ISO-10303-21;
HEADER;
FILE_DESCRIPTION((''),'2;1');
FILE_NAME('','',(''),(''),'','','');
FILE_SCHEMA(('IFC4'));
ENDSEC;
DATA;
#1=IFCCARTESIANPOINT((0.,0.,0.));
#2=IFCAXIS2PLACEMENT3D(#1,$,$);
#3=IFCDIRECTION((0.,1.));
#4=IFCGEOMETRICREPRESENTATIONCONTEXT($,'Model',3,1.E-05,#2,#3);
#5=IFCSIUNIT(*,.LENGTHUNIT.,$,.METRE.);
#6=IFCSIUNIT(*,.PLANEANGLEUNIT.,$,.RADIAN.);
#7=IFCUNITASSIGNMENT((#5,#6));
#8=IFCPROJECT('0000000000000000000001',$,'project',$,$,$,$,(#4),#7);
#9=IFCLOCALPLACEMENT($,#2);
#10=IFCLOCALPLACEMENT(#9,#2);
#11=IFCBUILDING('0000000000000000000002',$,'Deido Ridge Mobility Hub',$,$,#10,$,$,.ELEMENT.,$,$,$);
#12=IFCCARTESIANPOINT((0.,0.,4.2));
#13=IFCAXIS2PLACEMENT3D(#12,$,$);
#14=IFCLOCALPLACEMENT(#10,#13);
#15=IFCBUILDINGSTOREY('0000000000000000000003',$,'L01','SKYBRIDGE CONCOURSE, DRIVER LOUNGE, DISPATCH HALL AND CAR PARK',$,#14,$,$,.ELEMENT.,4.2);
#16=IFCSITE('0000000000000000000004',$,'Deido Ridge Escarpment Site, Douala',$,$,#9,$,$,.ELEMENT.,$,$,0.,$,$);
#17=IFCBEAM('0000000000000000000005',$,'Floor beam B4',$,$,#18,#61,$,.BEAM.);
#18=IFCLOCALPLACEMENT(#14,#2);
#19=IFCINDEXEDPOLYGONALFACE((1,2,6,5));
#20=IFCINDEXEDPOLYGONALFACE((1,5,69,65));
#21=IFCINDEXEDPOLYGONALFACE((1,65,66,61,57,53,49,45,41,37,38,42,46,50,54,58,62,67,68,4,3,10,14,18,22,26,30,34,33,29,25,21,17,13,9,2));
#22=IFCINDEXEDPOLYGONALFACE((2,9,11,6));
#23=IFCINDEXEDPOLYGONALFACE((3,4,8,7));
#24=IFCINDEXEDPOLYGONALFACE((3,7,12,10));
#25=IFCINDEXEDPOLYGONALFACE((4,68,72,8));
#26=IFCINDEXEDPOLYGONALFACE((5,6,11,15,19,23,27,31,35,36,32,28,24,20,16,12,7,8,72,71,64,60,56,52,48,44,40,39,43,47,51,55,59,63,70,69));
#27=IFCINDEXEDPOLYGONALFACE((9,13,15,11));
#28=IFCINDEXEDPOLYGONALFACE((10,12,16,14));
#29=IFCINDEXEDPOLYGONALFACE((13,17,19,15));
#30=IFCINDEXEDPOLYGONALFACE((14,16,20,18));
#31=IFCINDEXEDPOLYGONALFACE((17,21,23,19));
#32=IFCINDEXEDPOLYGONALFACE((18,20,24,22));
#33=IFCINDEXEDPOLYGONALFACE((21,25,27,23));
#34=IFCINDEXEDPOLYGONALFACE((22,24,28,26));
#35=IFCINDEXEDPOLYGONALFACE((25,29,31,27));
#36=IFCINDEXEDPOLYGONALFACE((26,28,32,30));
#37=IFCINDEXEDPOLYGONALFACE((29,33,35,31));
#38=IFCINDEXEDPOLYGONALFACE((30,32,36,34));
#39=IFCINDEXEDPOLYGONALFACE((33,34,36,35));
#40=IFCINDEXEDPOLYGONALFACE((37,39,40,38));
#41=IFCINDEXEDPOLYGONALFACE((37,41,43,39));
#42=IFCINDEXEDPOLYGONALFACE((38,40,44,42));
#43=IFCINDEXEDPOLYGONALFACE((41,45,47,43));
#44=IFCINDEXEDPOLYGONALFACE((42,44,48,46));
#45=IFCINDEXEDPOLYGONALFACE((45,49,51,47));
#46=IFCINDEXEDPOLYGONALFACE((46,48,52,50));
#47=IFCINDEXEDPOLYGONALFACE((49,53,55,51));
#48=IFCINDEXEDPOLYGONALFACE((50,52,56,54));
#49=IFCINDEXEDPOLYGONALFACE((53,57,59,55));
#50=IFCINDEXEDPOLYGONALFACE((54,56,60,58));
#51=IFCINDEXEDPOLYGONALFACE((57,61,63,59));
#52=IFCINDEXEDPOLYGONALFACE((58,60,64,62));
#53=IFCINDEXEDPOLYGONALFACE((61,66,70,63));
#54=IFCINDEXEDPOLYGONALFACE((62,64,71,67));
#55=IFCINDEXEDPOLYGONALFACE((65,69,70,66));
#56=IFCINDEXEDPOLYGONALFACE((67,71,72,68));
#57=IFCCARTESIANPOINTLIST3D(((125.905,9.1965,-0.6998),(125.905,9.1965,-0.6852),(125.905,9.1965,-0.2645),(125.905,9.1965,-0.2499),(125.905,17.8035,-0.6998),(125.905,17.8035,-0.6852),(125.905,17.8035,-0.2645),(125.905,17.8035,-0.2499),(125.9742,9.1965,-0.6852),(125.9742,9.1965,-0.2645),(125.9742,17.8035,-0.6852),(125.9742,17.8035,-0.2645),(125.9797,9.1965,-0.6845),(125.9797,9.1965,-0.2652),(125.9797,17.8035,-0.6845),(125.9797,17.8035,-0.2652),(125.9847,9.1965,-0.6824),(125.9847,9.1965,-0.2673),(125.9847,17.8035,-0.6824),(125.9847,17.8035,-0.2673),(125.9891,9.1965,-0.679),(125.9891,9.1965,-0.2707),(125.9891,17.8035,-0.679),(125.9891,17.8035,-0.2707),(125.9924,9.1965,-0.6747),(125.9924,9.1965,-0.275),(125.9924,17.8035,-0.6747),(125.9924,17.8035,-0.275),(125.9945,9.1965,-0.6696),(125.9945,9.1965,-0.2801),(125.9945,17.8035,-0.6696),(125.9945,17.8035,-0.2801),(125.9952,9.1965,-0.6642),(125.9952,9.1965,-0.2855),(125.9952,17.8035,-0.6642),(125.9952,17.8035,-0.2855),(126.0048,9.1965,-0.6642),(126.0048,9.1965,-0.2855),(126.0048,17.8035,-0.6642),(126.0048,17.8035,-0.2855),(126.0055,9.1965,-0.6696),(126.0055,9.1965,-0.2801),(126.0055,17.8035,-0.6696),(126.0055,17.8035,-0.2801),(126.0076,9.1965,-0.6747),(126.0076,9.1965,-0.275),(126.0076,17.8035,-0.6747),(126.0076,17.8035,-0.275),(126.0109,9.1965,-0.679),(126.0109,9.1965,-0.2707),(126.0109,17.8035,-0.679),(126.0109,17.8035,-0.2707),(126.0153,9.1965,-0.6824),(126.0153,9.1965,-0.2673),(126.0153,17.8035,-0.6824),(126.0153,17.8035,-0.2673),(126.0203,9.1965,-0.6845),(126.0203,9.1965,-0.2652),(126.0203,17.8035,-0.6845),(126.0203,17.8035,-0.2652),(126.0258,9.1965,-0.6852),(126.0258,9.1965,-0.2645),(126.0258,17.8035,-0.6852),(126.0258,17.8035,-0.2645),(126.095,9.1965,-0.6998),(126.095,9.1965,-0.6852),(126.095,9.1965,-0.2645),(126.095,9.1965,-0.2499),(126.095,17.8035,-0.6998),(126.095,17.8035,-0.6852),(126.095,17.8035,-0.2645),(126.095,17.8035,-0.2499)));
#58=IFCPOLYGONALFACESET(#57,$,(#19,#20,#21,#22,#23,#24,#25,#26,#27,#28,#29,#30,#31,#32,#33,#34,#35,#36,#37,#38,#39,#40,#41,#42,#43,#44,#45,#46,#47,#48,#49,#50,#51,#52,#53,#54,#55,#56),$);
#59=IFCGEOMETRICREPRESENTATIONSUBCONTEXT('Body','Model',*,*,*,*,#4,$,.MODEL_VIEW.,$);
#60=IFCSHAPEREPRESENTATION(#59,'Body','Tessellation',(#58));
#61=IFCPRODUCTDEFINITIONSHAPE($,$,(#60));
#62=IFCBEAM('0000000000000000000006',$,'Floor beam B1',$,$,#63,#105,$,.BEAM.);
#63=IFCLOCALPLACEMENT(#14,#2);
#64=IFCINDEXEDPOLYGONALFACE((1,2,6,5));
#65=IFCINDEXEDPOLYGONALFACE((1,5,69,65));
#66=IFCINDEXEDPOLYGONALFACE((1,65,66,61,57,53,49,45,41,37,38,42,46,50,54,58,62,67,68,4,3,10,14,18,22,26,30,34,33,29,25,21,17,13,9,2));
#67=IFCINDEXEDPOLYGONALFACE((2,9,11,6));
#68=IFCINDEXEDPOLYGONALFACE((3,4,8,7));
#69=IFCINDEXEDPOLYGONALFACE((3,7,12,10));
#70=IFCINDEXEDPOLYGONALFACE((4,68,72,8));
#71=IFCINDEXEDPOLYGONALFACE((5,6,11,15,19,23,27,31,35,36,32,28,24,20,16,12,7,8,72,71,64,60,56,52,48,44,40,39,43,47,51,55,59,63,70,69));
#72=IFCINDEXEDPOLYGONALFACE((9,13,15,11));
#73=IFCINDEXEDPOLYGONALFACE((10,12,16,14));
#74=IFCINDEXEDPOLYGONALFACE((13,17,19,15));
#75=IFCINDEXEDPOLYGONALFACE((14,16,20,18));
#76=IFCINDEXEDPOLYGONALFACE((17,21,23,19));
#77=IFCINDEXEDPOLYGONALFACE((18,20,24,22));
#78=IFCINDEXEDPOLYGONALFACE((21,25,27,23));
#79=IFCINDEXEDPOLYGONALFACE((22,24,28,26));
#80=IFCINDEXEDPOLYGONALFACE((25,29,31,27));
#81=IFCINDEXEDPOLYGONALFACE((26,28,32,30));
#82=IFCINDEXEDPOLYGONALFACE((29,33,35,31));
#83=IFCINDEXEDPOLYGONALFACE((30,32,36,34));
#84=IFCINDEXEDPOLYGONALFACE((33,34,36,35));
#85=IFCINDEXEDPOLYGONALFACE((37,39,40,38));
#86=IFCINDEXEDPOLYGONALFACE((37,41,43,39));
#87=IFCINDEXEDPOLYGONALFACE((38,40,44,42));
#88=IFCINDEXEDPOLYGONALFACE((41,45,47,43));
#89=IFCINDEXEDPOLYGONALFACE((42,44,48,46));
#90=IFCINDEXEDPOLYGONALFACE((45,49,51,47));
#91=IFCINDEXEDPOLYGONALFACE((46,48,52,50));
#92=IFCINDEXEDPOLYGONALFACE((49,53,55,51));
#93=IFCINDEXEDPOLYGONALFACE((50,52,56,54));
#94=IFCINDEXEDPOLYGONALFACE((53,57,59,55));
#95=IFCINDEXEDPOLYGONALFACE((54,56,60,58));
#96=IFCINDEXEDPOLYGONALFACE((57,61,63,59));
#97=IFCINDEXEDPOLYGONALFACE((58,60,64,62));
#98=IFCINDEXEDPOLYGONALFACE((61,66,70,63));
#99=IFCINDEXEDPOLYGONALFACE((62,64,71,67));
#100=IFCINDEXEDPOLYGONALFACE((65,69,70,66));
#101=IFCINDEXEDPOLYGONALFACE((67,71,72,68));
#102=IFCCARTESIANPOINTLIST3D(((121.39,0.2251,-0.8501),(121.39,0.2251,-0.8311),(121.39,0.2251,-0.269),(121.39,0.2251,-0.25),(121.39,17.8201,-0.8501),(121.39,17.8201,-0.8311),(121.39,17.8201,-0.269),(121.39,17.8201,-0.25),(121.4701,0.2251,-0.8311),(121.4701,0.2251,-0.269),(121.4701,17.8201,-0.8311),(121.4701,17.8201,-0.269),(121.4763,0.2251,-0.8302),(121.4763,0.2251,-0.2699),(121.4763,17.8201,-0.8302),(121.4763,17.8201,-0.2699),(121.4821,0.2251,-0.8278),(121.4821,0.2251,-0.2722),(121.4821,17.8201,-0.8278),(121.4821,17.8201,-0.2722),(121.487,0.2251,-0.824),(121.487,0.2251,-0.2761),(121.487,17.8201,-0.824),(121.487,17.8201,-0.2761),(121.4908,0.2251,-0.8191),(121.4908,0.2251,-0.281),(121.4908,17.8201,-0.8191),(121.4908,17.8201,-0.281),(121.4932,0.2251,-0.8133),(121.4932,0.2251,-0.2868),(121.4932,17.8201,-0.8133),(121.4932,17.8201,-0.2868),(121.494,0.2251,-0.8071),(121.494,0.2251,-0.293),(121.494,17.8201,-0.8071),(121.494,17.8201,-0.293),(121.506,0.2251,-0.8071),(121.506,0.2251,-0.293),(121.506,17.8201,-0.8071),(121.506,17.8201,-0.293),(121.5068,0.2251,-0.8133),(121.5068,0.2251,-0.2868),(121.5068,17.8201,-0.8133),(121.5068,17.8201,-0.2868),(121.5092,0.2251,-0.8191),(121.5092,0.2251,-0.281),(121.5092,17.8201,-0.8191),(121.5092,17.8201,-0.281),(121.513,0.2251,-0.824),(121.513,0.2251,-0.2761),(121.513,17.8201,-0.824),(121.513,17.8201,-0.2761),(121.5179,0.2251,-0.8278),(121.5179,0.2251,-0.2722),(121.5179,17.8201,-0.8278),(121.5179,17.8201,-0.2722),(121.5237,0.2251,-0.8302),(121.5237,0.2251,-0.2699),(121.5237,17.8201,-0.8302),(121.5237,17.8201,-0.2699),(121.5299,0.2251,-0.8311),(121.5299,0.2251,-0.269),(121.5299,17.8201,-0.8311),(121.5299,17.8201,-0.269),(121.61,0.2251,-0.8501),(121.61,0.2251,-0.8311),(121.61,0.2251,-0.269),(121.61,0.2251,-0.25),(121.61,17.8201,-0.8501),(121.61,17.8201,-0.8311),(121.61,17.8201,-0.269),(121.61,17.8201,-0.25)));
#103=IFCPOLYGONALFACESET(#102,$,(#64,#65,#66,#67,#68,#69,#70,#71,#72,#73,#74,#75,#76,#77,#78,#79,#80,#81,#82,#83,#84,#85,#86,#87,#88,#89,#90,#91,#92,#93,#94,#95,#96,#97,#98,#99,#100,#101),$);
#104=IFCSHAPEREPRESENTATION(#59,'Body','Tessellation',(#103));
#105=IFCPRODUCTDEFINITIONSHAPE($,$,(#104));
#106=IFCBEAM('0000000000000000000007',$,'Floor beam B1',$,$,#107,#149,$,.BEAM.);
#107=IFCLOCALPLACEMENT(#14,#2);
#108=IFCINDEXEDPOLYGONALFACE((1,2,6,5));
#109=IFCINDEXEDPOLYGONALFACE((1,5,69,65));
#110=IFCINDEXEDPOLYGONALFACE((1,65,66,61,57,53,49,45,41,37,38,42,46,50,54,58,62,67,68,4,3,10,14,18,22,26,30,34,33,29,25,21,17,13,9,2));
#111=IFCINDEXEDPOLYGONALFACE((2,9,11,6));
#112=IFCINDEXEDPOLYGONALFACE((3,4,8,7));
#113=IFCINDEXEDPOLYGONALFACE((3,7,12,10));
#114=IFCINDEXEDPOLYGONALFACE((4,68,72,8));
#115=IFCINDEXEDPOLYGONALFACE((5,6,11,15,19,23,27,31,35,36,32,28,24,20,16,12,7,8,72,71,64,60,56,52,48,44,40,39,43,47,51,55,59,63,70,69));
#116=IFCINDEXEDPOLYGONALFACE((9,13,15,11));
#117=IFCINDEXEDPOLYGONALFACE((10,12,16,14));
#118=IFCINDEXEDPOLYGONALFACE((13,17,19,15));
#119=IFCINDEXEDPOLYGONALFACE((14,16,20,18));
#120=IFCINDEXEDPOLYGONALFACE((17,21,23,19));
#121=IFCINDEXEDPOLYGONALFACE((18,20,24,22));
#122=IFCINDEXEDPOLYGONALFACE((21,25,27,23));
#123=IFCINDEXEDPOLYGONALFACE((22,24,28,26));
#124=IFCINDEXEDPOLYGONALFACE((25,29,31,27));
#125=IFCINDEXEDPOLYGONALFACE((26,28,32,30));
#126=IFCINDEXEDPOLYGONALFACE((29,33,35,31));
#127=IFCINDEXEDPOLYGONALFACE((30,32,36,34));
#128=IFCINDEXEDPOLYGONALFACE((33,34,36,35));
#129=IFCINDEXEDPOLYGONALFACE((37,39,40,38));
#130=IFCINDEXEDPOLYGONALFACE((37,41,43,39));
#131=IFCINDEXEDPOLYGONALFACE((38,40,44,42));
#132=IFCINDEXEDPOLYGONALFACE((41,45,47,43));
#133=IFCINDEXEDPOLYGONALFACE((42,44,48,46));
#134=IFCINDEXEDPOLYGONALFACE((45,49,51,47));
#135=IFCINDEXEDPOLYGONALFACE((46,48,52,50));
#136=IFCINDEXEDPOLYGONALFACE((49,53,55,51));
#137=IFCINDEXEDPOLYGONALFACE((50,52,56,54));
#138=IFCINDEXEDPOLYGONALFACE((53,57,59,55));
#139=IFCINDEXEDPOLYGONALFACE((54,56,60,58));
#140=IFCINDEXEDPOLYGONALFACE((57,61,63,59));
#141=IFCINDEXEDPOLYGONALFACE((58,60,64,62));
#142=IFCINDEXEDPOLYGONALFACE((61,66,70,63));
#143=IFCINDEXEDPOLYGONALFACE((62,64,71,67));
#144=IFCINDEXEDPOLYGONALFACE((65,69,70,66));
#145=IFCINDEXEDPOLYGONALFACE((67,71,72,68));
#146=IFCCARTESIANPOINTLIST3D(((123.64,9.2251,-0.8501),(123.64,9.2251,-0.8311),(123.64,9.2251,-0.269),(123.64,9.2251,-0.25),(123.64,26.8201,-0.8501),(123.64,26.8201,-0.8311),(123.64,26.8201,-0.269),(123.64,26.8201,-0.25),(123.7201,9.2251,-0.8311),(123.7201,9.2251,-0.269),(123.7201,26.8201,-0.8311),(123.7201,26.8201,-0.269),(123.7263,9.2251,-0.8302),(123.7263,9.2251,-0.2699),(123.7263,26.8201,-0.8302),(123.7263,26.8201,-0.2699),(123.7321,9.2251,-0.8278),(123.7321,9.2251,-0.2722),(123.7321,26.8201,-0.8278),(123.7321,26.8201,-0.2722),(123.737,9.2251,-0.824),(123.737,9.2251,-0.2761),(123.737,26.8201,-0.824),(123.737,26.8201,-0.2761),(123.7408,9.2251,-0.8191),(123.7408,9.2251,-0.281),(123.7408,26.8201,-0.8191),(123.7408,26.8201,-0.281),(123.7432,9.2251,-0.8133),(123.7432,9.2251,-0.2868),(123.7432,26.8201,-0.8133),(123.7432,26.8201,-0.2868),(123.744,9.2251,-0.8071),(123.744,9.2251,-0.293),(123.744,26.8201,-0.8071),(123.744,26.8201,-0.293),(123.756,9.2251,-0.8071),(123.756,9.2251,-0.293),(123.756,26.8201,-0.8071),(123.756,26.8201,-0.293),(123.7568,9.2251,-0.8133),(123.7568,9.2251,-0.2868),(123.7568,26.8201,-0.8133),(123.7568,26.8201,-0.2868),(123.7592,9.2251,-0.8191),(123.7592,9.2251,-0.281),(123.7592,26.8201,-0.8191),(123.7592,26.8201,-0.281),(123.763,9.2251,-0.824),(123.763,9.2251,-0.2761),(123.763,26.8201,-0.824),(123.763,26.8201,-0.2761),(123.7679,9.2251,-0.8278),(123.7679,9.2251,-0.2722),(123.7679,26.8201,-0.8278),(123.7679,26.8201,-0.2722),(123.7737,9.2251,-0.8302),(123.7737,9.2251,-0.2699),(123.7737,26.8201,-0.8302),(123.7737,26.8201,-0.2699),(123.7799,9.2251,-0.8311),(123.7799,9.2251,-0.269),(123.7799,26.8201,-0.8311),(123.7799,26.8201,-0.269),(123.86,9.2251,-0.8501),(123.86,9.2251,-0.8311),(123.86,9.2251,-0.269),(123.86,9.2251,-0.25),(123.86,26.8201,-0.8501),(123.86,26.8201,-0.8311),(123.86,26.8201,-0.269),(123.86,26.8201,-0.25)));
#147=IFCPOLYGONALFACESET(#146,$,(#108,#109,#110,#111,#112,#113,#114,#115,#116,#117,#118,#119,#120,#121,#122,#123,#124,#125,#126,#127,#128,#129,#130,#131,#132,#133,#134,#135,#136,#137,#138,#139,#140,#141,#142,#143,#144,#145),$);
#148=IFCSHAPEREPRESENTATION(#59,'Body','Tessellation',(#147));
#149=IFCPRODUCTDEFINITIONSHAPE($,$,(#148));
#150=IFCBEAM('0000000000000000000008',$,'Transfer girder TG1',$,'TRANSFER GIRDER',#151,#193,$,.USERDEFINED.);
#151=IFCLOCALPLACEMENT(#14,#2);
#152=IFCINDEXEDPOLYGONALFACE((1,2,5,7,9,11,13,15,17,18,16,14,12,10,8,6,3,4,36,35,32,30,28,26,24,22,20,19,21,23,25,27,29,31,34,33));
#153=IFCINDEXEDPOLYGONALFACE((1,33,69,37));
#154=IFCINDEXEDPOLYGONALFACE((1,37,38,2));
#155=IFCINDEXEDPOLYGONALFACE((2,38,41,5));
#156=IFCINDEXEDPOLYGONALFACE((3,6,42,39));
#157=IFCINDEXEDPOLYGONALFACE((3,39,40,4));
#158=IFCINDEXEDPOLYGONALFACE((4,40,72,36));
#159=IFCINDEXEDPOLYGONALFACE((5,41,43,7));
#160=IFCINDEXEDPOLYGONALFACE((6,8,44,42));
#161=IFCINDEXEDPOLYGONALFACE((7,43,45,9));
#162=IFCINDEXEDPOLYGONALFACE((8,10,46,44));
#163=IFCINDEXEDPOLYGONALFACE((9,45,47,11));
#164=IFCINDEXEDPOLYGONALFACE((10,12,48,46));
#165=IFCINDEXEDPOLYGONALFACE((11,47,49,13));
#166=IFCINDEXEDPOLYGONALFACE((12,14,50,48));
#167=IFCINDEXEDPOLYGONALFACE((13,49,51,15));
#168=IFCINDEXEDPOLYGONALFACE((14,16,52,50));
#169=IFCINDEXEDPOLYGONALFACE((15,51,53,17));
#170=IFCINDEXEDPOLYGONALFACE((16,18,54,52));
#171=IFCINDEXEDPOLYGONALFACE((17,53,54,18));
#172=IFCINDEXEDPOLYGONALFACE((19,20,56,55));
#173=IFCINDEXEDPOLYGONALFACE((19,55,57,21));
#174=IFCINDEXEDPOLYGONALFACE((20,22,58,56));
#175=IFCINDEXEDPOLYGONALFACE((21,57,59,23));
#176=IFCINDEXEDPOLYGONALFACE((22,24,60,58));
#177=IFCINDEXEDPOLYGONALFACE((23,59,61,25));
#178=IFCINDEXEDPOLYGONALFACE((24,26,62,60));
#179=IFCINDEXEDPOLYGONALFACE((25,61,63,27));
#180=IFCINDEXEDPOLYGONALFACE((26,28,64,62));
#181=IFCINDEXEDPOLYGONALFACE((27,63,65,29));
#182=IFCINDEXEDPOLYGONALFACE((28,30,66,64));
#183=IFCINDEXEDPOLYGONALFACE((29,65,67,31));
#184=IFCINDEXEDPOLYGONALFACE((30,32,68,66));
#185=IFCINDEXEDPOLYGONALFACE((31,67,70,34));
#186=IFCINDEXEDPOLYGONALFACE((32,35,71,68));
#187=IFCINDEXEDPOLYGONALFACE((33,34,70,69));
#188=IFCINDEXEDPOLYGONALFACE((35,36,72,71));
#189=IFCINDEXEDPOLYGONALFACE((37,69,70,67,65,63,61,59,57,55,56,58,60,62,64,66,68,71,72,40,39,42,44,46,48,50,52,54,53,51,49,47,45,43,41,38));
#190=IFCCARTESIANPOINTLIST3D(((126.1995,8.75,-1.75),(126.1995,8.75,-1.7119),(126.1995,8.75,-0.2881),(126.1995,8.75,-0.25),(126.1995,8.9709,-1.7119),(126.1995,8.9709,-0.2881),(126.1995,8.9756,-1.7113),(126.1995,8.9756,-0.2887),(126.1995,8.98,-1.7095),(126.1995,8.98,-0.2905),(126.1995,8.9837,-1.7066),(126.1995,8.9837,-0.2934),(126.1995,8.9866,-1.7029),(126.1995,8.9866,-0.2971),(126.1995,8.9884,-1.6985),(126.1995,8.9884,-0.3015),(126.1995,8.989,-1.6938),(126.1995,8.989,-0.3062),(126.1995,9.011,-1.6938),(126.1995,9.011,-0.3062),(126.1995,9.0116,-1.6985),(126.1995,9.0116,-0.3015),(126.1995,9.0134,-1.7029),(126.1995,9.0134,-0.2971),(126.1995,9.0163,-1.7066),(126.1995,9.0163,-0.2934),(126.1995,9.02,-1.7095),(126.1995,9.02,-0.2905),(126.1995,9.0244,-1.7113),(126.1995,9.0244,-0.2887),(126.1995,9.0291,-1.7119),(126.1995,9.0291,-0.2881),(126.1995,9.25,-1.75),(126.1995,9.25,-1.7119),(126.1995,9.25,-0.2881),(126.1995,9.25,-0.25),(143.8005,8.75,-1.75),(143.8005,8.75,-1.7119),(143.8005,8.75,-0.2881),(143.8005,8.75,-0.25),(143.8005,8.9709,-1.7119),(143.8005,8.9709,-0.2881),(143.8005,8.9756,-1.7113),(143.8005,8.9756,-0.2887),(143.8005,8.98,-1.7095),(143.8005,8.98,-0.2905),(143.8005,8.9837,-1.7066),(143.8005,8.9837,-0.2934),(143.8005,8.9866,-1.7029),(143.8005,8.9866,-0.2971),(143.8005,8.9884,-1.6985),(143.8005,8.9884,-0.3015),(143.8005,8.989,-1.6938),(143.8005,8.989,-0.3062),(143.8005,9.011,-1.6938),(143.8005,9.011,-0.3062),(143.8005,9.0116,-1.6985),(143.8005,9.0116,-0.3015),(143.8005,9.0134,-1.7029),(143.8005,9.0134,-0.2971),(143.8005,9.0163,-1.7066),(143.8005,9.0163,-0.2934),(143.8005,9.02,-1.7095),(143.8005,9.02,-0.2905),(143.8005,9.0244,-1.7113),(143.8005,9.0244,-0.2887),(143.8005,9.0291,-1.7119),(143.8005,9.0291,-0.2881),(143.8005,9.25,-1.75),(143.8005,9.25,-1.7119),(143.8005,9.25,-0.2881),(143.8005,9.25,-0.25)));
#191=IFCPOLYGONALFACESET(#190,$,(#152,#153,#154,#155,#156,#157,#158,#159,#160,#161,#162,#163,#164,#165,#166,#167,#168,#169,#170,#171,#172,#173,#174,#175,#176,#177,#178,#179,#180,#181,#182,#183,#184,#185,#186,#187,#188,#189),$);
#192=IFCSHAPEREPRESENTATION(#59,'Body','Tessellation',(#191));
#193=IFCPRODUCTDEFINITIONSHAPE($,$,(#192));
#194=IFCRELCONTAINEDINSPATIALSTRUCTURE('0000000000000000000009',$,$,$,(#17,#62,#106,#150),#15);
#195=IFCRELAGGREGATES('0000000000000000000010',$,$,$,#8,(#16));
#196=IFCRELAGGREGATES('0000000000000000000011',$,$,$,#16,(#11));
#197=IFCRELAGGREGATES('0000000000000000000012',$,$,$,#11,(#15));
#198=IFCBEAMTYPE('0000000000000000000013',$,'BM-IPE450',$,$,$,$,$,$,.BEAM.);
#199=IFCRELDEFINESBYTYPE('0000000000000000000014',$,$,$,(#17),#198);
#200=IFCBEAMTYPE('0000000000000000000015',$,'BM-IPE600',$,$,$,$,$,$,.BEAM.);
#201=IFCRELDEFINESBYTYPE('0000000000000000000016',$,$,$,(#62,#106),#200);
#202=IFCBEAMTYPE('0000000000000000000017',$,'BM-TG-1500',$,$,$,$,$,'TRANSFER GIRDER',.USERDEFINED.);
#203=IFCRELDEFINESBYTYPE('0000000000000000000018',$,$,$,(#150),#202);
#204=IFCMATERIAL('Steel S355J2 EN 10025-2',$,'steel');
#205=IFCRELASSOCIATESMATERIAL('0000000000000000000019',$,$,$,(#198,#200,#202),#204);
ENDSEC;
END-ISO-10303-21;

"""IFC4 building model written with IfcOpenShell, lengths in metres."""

from ifc_helpers import new_model, si_unit, direction, frame, origin, origin_2d, place, context, subcontext, project, spatial, i_section, extrude, material, material_profile, profile_set, type_object, element, save


model = new_model("IFC4")

# Units and contexts
model_context = context("Model", 3, precision=1e-05, world=origin(), true_north=direction((0.0, 1.0)))
body_context = subcontext(model_context, "Body", "Model", "MODEL_VIEW")
ifc_project = project(units=[si_unit("LENGTHUNIT", "METRE"), si_unit("PLANEANGLEUNIT", "RADIAN")], contexts=[model_context])

# Site, building, storey
site_placement = place(None, origin())
site = spatial("IfcSite", under=ifc_project, at=site_placement, Name="Deido Ridge Escarpment Site, Douala", CompositionType="ELEMENT", RefElevation=0.0)
building_placement = place(site_placement, origin())
building = spatial("IfcBuilding", under=site, at=building_placement, Name="Deido Ridge Mobility Hub", CompositionType="ELEMENT")
storey_placement = place(building_placement, frame((0.0, 0.0, 4.2)))
storey = spatial("IfcBuildingStorey", under=building, at=storey_placement, Name="L01", Description="SKYBRIDGE CONCOURSE, DRIVER LOUNGE, DISPATCH HALL AND CAR PARK", CompositionType="ELEMENT", Elevation=4.2)

# Shared definitions
ifc_material_1 = material(Name="Steel S355J2 EN 10025-2", Category="steel")

# Beams
ifc_material_profile_1 = material_profile(ifc_material_1, i_section(OverallWidth=0.1899, OverallDepth=0.45, WebThickness=0.0095, FlangeThickness=0.0146, FilletRadius=0.021, at=origin_2d()), Name="IPE 450")
ifc_profile_set_1 = profile_set([ifc_material_profile_1], Name="Steel S355J2 EN 10025-2")
beam_type_1 = type_object("IfcBeamType", Name="BM-IPE450", PredefinedType="BEAM", material=ifc_profile_set_1)
for number, where, z_axis, x_axis, name in (
    (1, (126.0, 9.1965, -0.4749), (0.0, 1.0, 0.0), (-1.0, 0.0, 0.0), "Floor beam B4"),
):
    element("IfcBeam", number, at=place(storey_placement, frame(where, z_axis=z_axis, x_axis=x_axis)), inside=storey, type_object=beam_type_1, Name=name, PredefinedType="BEAM", context=body_context, shape_type="SweptSolid", body=[
        extrude(i_section(OverallWidth=0.1899, OverallDepth=0.45, WebThickness=0.0095, FlangeThickness=0.0146, FilletRadius=0.021, at=origin_2d()), origin(), (0.0, 0.0, 1.0), 8.6069),
    ])
ifc_material_profile_2 = material_profile(ifc_material_1, i_section(OverallWidth=0.22, OverallDepth=0.6001, WebThickness=0.012, FlangeThickness=0.019, FilletRadius=0.0239, at=origin_2d()), Name="IPE 600")
ifc_profile_set_2 = profile_set([ifc_material_profile_2], Name="Steel S355J2 EN 10025-2")
beam_type_2 = type_object("IfcBeamType", Name="BM-IPE600", PredefinedType="BEAM", material=ifc_profile_set_2)
for number, where, z_axis, x_axis, name in (
    (2, (121.5, 0.2251, -0.55), (0.0, 1.0, 0.0), (-1.0, 0.0, 0.0), "Floor beam B1"),
    (3, (123.75, 9.2251, -0.55), (0.0, 1.0, 0.0), (-1.0, 0.0, 0.0), "Floor beam B1"),
):
    element("IfcBeam", number, at=place(storey_placement, frame(where, z_axis=z_axis, x_axis=x_axis)), inside=storey, type_object=beam_type_2, Name=name, PredefinedType="BEAM", context=body_context, shape_type="SweptSolid", body=[
        extrude(i_section(OverallWidth=0.22, OverallDepth=0.6001, WebThickness=0.012, FlangeThickness=0.019, FilletRadius=0.0239, at=origin_2d()), origin(), (0.0, 0.0, 1.0), 17.595),
    ])
ifc_material_profile_3 = material_profile(ifc_material_1, i_section(OverallWidth=0.5, OverallDepth=1.5, WebThickness=0.022, FlangeThickness=0.0381, FilletRadius=0.0181, at=origin_2d()), Name="WTG 1500x500")
ifc_profile_set_3 = profile_set([ifc_material_profile_3], Name="Steel S355J2 EN 10025-2")
beam_type_3 = type_object("IfcBeamType", Name="BM-TG-1500", ElementType="TRANSFER GIRDER", PredefinedType="USERDEFINED", material=ifc_profile_set_3)
beam_1_placement = place(storey_placement, frame((126.1995, 9.0, -1.0), z_axis=(1.0, 0.0, 0.0), x_axis=(0.0, 1.0, 0.0)))
element("IfcBeam", 4, at=beam_1_placement, inside=storey, type_object=beam_type_3, Name="Transfer girder TG1", ObjectType="TRANSFER GIRDER", PredefinedType="USERDEFINED", context=body_context, shape_type="SweptSolid", body=[
    extrude(i_section(OverallWidth=0.5, OverallDepth=1.5, WebThickness=0.022, FlangeThickness=0.0381, FilletRadius=0.0181, at=origin_2d()), origin(), (0.0, 0.0, 1.0), 17.6011),
])

save(model, "model.ifc")
